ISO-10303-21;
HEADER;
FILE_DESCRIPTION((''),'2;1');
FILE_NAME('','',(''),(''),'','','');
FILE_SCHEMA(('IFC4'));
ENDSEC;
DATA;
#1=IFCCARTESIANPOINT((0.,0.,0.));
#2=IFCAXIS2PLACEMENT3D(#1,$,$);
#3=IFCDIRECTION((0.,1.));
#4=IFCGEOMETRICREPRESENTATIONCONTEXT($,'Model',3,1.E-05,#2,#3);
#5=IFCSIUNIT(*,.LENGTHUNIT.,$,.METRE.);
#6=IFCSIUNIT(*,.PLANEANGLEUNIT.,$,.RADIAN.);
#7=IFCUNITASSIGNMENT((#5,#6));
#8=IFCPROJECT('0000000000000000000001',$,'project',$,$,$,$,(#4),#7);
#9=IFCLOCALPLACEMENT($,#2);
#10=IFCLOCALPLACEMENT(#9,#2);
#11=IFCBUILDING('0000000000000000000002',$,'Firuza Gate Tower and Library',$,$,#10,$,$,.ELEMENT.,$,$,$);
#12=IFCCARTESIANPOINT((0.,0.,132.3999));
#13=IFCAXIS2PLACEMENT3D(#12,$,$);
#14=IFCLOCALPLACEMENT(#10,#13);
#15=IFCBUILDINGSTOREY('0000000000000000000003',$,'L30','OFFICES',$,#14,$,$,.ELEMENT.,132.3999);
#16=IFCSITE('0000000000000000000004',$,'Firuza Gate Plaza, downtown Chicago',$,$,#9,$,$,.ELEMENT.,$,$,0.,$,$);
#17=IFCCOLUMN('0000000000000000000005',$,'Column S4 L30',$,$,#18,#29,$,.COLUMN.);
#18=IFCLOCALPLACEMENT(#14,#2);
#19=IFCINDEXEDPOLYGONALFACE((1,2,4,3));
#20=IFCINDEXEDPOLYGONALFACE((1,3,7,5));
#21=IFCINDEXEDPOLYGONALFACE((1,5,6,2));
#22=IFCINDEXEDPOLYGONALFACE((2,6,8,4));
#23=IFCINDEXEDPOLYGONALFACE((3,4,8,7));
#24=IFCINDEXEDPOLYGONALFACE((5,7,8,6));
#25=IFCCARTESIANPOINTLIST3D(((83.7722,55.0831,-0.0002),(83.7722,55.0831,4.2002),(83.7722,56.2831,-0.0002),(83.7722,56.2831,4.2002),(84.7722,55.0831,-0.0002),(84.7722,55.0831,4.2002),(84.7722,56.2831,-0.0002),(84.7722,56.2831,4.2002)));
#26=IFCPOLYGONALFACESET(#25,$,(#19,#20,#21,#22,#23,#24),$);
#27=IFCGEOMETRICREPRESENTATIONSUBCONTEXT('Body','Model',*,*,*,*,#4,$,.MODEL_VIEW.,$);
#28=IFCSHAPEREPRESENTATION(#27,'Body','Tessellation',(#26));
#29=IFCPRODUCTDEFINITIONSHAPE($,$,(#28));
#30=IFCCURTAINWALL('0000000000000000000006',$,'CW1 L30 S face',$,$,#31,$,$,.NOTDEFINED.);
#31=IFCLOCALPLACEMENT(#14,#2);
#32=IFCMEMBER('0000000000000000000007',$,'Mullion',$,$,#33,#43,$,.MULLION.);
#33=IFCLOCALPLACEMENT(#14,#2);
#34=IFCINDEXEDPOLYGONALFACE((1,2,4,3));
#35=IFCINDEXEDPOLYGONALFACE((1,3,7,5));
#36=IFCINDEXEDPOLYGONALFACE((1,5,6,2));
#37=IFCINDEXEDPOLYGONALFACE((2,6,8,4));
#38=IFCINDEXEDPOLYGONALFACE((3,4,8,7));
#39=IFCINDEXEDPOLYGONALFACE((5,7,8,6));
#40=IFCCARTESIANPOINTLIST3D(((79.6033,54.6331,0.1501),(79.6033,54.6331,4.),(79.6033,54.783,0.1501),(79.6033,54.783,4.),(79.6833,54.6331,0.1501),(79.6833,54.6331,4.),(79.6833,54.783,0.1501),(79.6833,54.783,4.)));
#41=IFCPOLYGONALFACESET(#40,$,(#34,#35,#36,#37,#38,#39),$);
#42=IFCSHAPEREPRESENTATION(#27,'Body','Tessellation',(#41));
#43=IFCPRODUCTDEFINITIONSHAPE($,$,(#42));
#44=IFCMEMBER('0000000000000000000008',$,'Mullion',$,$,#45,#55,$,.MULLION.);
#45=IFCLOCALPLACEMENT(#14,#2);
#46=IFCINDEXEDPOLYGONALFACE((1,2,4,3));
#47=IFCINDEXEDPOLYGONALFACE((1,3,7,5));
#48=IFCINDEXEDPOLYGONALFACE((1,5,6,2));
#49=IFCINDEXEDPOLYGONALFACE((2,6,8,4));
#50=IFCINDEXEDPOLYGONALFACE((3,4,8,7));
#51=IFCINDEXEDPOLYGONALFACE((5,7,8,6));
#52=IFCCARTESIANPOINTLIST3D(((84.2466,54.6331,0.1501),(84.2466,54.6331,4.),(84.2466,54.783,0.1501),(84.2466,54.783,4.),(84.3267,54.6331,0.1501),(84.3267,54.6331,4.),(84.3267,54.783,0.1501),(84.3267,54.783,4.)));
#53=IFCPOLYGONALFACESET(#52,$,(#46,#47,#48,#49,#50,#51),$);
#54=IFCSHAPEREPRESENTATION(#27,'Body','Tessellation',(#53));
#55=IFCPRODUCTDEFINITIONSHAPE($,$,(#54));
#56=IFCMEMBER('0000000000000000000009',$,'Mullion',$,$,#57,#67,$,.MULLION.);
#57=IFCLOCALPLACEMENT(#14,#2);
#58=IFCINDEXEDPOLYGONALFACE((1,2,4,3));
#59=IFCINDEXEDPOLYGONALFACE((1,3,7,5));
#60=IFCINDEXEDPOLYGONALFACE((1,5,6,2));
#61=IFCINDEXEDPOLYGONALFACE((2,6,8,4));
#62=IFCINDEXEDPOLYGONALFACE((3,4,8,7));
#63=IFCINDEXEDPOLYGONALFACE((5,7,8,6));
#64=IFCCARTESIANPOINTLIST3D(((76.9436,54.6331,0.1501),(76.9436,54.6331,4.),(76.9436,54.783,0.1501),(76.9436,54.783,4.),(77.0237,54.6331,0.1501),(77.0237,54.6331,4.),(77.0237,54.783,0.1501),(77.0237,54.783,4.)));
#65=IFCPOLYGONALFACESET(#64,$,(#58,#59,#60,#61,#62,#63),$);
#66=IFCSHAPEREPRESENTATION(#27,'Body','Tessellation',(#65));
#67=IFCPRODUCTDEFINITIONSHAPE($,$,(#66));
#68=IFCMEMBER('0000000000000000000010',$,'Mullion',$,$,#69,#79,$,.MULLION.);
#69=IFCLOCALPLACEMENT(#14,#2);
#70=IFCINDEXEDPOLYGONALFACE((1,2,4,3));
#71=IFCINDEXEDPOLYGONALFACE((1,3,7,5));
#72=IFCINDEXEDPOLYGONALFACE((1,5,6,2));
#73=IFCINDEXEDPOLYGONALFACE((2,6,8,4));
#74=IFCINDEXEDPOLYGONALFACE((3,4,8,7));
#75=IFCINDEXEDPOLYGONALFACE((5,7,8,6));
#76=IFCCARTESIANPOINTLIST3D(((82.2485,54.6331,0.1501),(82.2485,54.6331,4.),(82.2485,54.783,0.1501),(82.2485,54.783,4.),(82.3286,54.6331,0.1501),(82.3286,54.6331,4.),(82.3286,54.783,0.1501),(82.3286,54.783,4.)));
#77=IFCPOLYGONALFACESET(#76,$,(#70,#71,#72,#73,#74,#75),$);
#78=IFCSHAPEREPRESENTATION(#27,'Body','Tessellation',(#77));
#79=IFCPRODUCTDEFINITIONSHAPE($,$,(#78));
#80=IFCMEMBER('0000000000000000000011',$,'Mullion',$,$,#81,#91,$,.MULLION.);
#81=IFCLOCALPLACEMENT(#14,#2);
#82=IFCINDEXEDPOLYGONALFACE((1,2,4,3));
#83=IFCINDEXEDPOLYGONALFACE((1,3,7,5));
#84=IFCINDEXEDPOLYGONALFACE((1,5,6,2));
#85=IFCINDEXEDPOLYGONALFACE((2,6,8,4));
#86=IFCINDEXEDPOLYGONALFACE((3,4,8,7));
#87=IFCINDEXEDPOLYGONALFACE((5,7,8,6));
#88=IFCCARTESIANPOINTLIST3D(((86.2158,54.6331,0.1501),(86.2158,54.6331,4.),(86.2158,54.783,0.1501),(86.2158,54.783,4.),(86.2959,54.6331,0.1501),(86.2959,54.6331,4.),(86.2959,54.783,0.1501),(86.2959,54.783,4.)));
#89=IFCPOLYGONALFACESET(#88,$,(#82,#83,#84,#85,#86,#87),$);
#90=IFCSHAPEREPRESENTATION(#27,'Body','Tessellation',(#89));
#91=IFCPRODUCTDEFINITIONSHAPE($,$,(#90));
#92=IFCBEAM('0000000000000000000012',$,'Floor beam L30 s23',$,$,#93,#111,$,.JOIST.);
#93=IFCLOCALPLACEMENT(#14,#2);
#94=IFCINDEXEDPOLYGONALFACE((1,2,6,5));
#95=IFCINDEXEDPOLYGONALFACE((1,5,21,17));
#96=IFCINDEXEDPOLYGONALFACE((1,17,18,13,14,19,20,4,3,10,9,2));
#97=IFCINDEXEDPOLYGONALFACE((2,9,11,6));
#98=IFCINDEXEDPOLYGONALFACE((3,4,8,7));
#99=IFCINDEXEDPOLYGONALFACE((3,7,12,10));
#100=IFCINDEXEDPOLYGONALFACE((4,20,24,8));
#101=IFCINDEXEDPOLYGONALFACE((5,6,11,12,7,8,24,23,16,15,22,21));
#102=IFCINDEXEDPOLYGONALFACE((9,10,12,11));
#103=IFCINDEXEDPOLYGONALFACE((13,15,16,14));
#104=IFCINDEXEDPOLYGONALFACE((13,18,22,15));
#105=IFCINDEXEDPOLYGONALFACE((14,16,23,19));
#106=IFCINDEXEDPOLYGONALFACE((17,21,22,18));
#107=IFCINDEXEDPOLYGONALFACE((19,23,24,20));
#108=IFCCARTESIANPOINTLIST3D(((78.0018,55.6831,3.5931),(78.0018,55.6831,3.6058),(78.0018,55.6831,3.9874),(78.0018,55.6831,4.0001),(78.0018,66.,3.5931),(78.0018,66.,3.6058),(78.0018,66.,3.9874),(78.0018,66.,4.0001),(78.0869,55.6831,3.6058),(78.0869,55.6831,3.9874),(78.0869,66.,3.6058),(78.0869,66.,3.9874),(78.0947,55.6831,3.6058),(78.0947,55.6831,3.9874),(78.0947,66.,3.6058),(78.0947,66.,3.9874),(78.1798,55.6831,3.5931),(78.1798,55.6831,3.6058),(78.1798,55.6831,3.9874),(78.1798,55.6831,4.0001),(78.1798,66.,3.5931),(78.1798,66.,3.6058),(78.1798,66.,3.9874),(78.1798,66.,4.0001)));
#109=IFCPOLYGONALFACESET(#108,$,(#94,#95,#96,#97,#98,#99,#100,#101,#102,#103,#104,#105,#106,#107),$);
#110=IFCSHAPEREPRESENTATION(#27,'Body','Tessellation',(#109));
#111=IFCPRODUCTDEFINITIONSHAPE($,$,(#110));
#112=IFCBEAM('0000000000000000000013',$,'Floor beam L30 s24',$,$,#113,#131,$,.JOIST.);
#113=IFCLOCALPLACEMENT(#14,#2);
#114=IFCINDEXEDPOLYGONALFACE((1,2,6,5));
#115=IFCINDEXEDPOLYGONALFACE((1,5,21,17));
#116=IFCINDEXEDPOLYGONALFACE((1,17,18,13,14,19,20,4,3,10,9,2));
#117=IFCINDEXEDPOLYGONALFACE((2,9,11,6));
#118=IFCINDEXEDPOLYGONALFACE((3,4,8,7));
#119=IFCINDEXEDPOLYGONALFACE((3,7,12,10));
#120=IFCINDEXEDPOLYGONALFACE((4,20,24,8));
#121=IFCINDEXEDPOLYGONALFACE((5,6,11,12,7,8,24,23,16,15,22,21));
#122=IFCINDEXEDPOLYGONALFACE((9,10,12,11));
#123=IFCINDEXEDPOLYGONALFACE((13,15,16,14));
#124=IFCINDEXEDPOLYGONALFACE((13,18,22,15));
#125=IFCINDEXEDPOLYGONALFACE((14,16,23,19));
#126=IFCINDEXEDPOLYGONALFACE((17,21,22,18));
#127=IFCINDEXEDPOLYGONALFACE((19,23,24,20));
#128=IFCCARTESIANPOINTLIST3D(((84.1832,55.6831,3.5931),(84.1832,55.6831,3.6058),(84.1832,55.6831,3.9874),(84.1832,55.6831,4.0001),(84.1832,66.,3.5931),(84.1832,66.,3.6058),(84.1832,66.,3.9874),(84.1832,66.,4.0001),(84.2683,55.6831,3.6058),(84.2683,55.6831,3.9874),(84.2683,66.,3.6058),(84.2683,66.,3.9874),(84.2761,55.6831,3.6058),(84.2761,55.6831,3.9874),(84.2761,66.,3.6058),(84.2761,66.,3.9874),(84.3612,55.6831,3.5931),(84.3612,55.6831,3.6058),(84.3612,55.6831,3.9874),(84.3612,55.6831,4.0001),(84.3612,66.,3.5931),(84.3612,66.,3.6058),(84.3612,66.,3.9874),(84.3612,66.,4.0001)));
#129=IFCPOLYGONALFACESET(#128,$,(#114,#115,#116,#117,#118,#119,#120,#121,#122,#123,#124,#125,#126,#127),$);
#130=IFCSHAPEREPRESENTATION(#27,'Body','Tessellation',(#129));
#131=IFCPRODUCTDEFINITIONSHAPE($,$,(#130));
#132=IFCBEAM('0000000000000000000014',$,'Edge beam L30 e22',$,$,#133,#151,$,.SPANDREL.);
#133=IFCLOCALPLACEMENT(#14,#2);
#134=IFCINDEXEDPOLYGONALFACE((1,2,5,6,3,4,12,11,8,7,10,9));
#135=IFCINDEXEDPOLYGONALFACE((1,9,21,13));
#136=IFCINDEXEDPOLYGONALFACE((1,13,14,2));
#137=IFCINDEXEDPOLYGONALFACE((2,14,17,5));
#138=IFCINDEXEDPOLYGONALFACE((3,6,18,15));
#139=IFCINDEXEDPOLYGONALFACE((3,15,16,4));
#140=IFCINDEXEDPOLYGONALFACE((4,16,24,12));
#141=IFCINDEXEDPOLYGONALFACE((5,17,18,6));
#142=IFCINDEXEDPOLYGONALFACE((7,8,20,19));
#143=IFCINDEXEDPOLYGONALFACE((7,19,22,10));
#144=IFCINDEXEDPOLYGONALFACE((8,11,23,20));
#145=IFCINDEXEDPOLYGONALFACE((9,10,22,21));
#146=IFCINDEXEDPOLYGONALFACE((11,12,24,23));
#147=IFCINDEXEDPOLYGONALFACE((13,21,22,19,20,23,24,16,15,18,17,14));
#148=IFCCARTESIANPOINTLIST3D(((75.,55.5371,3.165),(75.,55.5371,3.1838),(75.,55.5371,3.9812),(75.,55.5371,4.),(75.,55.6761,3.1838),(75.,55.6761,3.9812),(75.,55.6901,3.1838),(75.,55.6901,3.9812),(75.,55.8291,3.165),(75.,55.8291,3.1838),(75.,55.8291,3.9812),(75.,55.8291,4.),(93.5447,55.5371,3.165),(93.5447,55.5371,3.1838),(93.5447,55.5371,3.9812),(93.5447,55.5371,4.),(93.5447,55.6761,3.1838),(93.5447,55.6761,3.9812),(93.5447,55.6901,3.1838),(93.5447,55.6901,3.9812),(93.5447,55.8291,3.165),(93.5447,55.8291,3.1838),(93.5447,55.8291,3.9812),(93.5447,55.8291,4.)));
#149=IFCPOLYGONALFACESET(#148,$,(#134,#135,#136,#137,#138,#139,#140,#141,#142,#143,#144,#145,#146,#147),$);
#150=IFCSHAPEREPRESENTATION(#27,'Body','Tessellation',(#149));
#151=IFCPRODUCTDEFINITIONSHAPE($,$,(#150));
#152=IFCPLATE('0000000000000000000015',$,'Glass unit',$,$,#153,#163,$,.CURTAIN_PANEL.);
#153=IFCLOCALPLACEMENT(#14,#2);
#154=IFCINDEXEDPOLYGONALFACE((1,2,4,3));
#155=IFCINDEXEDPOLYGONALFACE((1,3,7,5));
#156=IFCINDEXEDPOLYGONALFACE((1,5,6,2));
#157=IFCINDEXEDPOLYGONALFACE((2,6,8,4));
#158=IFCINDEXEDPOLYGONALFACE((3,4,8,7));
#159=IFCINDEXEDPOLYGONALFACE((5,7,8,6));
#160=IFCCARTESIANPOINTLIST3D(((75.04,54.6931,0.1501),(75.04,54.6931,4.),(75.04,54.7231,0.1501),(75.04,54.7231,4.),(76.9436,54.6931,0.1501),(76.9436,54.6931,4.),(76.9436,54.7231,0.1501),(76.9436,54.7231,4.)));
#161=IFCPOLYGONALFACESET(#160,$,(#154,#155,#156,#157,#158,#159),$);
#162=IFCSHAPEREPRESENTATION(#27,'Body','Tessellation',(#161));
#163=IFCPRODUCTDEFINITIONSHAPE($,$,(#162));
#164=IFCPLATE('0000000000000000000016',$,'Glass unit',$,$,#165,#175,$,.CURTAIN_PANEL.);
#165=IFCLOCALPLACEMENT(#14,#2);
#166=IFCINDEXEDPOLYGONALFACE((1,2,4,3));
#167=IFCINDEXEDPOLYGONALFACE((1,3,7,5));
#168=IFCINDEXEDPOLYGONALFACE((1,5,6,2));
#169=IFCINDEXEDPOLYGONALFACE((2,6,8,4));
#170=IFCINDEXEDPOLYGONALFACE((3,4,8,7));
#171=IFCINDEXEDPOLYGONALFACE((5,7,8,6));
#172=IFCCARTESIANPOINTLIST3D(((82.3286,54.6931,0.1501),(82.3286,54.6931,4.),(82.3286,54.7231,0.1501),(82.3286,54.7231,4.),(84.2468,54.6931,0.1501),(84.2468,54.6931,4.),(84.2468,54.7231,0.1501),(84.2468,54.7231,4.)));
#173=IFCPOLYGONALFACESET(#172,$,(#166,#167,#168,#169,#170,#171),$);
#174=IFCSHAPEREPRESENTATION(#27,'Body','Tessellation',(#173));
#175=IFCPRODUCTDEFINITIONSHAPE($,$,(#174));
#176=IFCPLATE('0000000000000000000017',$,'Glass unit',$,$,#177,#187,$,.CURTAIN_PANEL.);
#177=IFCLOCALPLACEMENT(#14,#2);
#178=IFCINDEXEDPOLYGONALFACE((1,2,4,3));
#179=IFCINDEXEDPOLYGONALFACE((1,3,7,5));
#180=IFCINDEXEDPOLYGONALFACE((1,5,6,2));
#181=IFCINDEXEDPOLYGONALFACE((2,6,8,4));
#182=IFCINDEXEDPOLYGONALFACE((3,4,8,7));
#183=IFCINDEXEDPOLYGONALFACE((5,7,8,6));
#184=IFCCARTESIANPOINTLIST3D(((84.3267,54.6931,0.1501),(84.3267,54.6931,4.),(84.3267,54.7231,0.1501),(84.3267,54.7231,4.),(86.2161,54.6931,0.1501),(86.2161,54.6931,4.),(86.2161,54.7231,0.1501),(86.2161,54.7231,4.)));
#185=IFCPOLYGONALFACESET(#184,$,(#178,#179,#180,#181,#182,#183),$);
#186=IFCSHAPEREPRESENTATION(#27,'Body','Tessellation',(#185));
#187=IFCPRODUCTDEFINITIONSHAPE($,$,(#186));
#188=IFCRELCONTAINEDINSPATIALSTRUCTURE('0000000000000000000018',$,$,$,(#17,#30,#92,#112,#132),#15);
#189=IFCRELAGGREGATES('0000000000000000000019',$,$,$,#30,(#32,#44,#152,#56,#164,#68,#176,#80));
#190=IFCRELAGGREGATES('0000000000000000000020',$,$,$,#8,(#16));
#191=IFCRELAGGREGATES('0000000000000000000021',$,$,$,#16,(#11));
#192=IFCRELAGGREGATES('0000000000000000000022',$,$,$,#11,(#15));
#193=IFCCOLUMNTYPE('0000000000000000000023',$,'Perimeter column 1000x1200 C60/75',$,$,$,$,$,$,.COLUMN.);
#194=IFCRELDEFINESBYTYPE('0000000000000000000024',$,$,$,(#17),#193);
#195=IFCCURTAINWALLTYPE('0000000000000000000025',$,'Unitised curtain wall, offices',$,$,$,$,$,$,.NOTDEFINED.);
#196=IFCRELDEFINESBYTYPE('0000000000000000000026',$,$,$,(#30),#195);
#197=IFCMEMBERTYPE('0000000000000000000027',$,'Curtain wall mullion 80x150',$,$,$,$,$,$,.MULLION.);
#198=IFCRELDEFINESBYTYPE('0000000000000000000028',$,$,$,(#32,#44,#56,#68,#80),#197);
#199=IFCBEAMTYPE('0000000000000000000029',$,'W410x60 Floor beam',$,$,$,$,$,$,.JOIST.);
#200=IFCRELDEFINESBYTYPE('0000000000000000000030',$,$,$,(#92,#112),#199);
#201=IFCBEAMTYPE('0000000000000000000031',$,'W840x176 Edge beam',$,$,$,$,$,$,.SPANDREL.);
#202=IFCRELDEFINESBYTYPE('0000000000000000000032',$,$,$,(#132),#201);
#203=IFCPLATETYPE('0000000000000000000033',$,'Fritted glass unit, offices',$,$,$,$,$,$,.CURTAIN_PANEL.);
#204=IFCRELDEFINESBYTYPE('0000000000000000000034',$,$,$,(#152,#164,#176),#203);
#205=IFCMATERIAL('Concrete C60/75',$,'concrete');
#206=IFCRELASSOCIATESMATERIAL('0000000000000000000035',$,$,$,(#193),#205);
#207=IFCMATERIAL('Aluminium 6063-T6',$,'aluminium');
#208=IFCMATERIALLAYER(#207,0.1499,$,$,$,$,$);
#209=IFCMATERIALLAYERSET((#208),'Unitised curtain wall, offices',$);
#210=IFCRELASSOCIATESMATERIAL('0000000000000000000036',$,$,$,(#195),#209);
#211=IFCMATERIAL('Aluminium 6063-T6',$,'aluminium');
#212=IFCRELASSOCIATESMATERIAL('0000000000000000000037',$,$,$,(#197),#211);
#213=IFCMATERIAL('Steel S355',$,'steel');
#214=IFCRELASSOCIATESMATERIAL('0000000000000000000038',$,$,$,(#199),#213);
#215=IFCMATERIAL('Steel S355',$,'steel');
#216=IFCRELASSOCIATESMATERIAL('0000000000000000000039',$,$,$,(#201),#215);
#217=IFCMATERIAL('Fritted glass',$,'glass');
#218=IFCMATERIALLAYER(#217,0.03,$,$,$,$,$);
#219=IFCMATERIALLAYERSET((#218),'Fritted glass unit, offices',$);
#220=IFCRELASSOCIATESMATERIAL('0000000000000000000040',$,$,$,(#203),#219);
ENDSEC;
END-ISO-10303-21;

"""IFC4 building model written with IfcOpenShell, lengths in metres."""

from ifc_helpers import new_model, si_unit, direction, frame, origin, origin_2d, place, context, subcontext, project, spatial, polyline, rectangle, i_section, outline, extrude, material, layer, layer_set, material_profile, profile_set, type_object, element, aggregate, save


model = new_model("IFC4")

# Units and contexts
model_context = context("Model", 3, precision=1e-05, world=origin(), true_north=direction((0.0, 1.0)))
body_context = subcontext(model_context, "Body", "Model", "MODEL_VIEW")
ifc_project = project(units=[si_unit("LENGTHUNIT", "METRE"), si_unit("PLANEANGLEUNIT", "RADIAN")], contexts=[model_context])

# Site, building, storey
site_placement = place(None, origin())
site = spatial("IfcSite", under=ifc_project, at=site_placement, Name="Firuza Gate Plaza, downtown Chicago", CompositionType="ELEMENT", RefElevation=0.0)
building_placement = place(site_placement, origin())
building = spatial("IfcBuilding", under=site, at=building_placement, Name="Firuza Gate Tower and Library", CompositionType="ELEMENT")
storey_placement = place(building_placement, frame((0.0, 0.0, 132.3999)))
storey = spatial("IfcBuildingStorey", under=building, at=storey_placement, Name="L30", Description="OFFICES", CompositionType="ELEMENT", Elevation=132.3999)

# Column
ifc_material_1 = material(Name="Concrete C60/75", Category="concrete")
ifc_material_profile_1 = material_profile(ifc_material_1, rectangle(XDim=1.0, YDim=1.2, at=origin_2d()))
ifc_profile_set_1 = profile_set([ifc_material_profile_1], Name="Concrete C60/75")
column_type = type_object("IfcColumnType", Name="Perimeter column 1000x1200 C60/75", PredefinedType="COLUMN", material=ifc_profile_set_1)
column_placement = place(storey_placement, frame((84.2722, 55.6831, -0.0002), z_axis=(0.0, 0.0, 1.0), x_axis=(1.0, 0.0, 0.0)))
element("IfcColumn", 1, at=column_placement, inside=storey, type_object=column_type, Name="Column S4 L30", PredefinedType="COLUMN", context=body_context, shape_type="SweptSolid", body=[
    extrude(rectangle(XDim=1.0, YDim=1.2, at=origin_2d()), origin(), (0.0, 0.0, 1.0), 4.2004),
])

# Curtain wall, members
ifc_material_2 = material(Name="Aluminium 6063-T6", Category="aluminium")
ifc_layer_1 = layer(ifc_material_2, 0.1499)
ifc_layer_set_1 = layer_set([ifc_layer_1], Name="Unitised curtain wall, offices")
curtain_wall_type = type_object("IfcCurtainWallType", Name="Unitised curtain wall, offices", PredefinedType="NOTDEFINED", material=ifc_layer_set_1)
curtain_wall_placement = place(storey_placement, origin())
curtain_wall = element("IfcCurtainWall", 2, at=curtain_wall_placement, inside=storey, type_object=curtain_wall_type, Name="CW1 L30 S face", PredefinedType="NOTDEFINED")
ifc_material_3 = material(Name="Aluminium 6063-T6", Category="aluminium")
ifc_material_profile_2 = material_profile(ifc_material_3, rectangle(XDim=0.1499, YDim=0.0801, at=origin_2d()))
ifc_profile_set_2 = profile_set([ifc_material_profile_2], Name="Aluminium 6063-T6")
member_type = type_object("IfcMemberType", Name="Curtain wall mullion 80x150", PredefinedType="MULLION", material=ifc_profile_set_2)
member_1_placement = place(storey_placement, frame((79.6433, 54.708, 0.1501), z_axis=(0.0, 0.0, 1.0), x_axis=(0.0, 1.0, 0.0)))
member_1 = element("IfcMember", 3, at=member_1_placement, type_object=member_type, Name="Mullion", PredefinedType="MULLION", context=body_context, shape_type="SweptSolid", body=[
    extrude(rectangle(XDim=0.1499, YDim=0.0801, at=origin_2d()), origin(), (0.0, 0.0, 1.0), 3.8499),
])
member_2_placement = place(storey_placement, frame((84.2866, 54.708, 0.1501), z_axis=(0.0, 0.0, 1.0), x_axis=(0.0, 1.0, 0.0)))
member_2 = element("IfcMember", 4, at=member_2_placement, type_object=member_type, Name="Mullion", PredefinedType="MULLION", context=body_context, shape_type="SweptSolid", body=[
    extrude(rectangle(XDim=0.1499, YDim=0.0801, at=origin_2d()), origin(), (0.0, 0.0, 1.0), 3.8499),
])
member_3_placement = place(storey_placement, frame((76.9836, 54.708, 0.1501), z_axis=(0.0, 0.0, 1.0), x_axis=(0.0, 1.0, 0.0)))
member_3 = element("IfcMember", 5, at=member_3_placement, type_object=member_type, Name="Mullion", PredefinedType="MULLION", context=body_context, shape_type="SweptSolid", body=[
    extrude(rectangle(XDim=0.1499, YDim=0.0801, at=origin_2d()), origin(), (0.0, 0.0, 1.0), 3.8499),
])
member_4_placement = place(storey_placement, frame((82.2886, 54.708, 0.1501), z_axis=(0.0, 0.0, 1.0), x_axis=(0.0, 1.0, 0.0)))
member_4 = element("IfcMember", 6, at=member_4_placement, type_object=member_type, Name="Mullion", PredefinedType="MULLION", context=body_context, shape_type="SweptSolid", body=[
    extrude(rectangle(XDim=0.1499, YDim=0.0801, at=origin_2d()), origin(), (0.0, 0.0, 1.0), 3.8499),
])
member_5_placement = place(storey_placement, frame((86.2559, 54.708, 0.1501), z_axis=(0.0, 0.0, 1.0), x_axis=(0.0, 1.0, 0.0)))
member_5 = element("IfcMember", 7, at=member_5_placement, type_object=member_type, Name="Mullion", PredefinedType="MULLION", context=body_context, shape_type="SweptSolid", body=[
    extrude(rectangle(XDim=0.1499, YDim=0.0801, at=origin_2d()), origin(), (0.0, 0.0, 1.0), 3.8499),
])

# Beams
ifc_material_4 = material(Name="Steel S355", Category="steel")
ifc_material_profile_3 = material_profile(ifc_material_4, i_section(OverallWidth=0.178, OverallDepth=0.407, WebThickness=0.0078, FlangeThickness=0.0127, at=origin_2d()))
ifc_profile_set_3 = profile_set([ifc_material_profile_3], Name="Steel S355")
beam_type_1 = type_object("IfcBeamType", Name="W410x60 Floor beam", PredefinedType="JOIST", material=ifc_profile_set_3)
for number, where, z_axis, x_axis, name in (
    (8, (78.0908, 55.6831, 3.7966), (0.0, 1.0, 0.0), (-1.0, 0.0, 0.0), "Floor beam L30 s23"),
    (9, (84.2722, 55.6831, 3.7966), (0.0, 1.0, 0.0), (-1.0, 0.0, 0.0), "Floor beam L30 s24"),
):
    element("IfcBeam", number, at=place(storey_placement, frame(where, z_axis=z_axis, x_axis=x_axis)), inside=storey, type_object=beam_type_1, Name=name, PredefinedType="JOIST", context=body_context, shape_type="SweptSolid", body=[
        extrude(i_section(OverallWidth=0.178, OverallDepth=0.407, WebThickness=0.0078, FlangeThickness=0.0127, at=origin_2d()), origin(), (0.0, 0.0, 1.0), 10.3169),
    ])
ifc_material_5 = material(Name="Steel S355", Category="steel")
ifc_material_profile_4 = material_profile(ifc_material_5, i_section(OverallWidth=0.292, OverallDepth=0.835, WebThickness=0.0139, FlangeThickness=0.0188, at=origin_2d()))
ifc_profile_set_4 = profile_set([ifc_material_profile_4], Name="Steel S355")
beam_type_2 = type_object("IfcBeamType", Name="W840x176 Edge beam", PredefinedType="SPANDREL", material=ifc_profile_set_4)
beam_placement = place(storey_placement, frame((75.0, 55.6831, 3.5825), z_axis=(1.0, 0.0, 0.0), x_axis=(0.0, 1.0, 0.0)))
element("IfcBeam", 10, at=beam_placement, inside=storey, type_object=beam_type_2, Name="Edge beam L30 e22", PredefinedType="SPANDREL", context=body_context, shape_type="SweptSolid", body=[
    extrude(i_section(OverallWidth=0.292, OverallDepth=0.835, WebThickness=0.0139, FlangeThickness=0.0188, at=origin_2d()), origin(), (0.0, 0.0, 1.0), 18.5447),
])

# Plates
ifc_material_6 = material(Name="Fritted glass", Category="glass")
ifc_layer_2 = layer(ifc_material_6, 0.03)
ifc_layer_set_2 = layer_set([ifc_layer_2], Name="Fritted glass unit, offices")
plate_type_1 = type_object("IfcPlateType", Name="Fritted glass unit, offices", PredefinedType="CURTAIN_PANEL", material=ifc_layer_set_2)
plate_1_placement = place(storey_placement, frame((75.04, 54.6931, 0.1501), z_axis=(0.0, -1.0, 0.0), x_axis=(1.0, 0.0, 0.0)))
plate_1 = element("IfcPlate", 11, at=plate_1_placement, type_object=plate_type_1, Name="Glass unit", PredefinedType="CURTAIN_PANEL", context=body_context, shape_type="SweptSolid", body=[
    extrude(outline(polyline([(0.0, 0.0), (1.9036, 0.0), (1.9036, 3.8499), (0.0, 3.8499), (0.0, 0.0)])), origin(), (0.0, 0.0, -1.0), 0.03),
])
plate_2_placement = place(storey_placement, frame((82.3286, 54.6931, 0.1501), z_axis=(0.0, -1.0, 0.0), x_axis=(1.0, 0.0, 0.0)))
plate_2 = element("IfcPlate", 12, at=plate_2_placement, type_object=plate_type_1, Name="Glass unit", PredefinedType="CURTAIN_PANEL", context=body_context, shape_type="SweptSolid", body=[
    extrude(outline(polyline([(0.0, 0.0), (1.9182, 0.0), (1.9182, 3.8499), (0.0, 3.8499), (0.0, 0.0)])), origin(), (0.0, 0.0, -1.0), 0.03),
])
plate_3_placement = place(storey_placement, frame((84.3267, 54.6931, 0.1501), z_axis=(0.0, -1.0, 0.0), x_axis=(1.0, 0.0, 0.0)))
plate_3 = element("IfcPlate", 13, at=plate_3_placement, type_object=plate_type_1, Name="Glass unit", PredefinedType="CURTAIN_PANEL", context=body_context, shape_type="SweptSolid", body=[
    extrude(outline(polyline([(0.0, 0.0), (1.8894, 0.0), (1.8894, 3.8499), (0.0, 3.8499), (0.0, 0.0)])), origin(), (0.0, 0.0, -1.0), 0.03),
])
aggregate(curtain_wall, [member_1, member_2, plate_1, member_3, plate_2, member_4, plate_3, member_5])

save(model, "model.ifc")
